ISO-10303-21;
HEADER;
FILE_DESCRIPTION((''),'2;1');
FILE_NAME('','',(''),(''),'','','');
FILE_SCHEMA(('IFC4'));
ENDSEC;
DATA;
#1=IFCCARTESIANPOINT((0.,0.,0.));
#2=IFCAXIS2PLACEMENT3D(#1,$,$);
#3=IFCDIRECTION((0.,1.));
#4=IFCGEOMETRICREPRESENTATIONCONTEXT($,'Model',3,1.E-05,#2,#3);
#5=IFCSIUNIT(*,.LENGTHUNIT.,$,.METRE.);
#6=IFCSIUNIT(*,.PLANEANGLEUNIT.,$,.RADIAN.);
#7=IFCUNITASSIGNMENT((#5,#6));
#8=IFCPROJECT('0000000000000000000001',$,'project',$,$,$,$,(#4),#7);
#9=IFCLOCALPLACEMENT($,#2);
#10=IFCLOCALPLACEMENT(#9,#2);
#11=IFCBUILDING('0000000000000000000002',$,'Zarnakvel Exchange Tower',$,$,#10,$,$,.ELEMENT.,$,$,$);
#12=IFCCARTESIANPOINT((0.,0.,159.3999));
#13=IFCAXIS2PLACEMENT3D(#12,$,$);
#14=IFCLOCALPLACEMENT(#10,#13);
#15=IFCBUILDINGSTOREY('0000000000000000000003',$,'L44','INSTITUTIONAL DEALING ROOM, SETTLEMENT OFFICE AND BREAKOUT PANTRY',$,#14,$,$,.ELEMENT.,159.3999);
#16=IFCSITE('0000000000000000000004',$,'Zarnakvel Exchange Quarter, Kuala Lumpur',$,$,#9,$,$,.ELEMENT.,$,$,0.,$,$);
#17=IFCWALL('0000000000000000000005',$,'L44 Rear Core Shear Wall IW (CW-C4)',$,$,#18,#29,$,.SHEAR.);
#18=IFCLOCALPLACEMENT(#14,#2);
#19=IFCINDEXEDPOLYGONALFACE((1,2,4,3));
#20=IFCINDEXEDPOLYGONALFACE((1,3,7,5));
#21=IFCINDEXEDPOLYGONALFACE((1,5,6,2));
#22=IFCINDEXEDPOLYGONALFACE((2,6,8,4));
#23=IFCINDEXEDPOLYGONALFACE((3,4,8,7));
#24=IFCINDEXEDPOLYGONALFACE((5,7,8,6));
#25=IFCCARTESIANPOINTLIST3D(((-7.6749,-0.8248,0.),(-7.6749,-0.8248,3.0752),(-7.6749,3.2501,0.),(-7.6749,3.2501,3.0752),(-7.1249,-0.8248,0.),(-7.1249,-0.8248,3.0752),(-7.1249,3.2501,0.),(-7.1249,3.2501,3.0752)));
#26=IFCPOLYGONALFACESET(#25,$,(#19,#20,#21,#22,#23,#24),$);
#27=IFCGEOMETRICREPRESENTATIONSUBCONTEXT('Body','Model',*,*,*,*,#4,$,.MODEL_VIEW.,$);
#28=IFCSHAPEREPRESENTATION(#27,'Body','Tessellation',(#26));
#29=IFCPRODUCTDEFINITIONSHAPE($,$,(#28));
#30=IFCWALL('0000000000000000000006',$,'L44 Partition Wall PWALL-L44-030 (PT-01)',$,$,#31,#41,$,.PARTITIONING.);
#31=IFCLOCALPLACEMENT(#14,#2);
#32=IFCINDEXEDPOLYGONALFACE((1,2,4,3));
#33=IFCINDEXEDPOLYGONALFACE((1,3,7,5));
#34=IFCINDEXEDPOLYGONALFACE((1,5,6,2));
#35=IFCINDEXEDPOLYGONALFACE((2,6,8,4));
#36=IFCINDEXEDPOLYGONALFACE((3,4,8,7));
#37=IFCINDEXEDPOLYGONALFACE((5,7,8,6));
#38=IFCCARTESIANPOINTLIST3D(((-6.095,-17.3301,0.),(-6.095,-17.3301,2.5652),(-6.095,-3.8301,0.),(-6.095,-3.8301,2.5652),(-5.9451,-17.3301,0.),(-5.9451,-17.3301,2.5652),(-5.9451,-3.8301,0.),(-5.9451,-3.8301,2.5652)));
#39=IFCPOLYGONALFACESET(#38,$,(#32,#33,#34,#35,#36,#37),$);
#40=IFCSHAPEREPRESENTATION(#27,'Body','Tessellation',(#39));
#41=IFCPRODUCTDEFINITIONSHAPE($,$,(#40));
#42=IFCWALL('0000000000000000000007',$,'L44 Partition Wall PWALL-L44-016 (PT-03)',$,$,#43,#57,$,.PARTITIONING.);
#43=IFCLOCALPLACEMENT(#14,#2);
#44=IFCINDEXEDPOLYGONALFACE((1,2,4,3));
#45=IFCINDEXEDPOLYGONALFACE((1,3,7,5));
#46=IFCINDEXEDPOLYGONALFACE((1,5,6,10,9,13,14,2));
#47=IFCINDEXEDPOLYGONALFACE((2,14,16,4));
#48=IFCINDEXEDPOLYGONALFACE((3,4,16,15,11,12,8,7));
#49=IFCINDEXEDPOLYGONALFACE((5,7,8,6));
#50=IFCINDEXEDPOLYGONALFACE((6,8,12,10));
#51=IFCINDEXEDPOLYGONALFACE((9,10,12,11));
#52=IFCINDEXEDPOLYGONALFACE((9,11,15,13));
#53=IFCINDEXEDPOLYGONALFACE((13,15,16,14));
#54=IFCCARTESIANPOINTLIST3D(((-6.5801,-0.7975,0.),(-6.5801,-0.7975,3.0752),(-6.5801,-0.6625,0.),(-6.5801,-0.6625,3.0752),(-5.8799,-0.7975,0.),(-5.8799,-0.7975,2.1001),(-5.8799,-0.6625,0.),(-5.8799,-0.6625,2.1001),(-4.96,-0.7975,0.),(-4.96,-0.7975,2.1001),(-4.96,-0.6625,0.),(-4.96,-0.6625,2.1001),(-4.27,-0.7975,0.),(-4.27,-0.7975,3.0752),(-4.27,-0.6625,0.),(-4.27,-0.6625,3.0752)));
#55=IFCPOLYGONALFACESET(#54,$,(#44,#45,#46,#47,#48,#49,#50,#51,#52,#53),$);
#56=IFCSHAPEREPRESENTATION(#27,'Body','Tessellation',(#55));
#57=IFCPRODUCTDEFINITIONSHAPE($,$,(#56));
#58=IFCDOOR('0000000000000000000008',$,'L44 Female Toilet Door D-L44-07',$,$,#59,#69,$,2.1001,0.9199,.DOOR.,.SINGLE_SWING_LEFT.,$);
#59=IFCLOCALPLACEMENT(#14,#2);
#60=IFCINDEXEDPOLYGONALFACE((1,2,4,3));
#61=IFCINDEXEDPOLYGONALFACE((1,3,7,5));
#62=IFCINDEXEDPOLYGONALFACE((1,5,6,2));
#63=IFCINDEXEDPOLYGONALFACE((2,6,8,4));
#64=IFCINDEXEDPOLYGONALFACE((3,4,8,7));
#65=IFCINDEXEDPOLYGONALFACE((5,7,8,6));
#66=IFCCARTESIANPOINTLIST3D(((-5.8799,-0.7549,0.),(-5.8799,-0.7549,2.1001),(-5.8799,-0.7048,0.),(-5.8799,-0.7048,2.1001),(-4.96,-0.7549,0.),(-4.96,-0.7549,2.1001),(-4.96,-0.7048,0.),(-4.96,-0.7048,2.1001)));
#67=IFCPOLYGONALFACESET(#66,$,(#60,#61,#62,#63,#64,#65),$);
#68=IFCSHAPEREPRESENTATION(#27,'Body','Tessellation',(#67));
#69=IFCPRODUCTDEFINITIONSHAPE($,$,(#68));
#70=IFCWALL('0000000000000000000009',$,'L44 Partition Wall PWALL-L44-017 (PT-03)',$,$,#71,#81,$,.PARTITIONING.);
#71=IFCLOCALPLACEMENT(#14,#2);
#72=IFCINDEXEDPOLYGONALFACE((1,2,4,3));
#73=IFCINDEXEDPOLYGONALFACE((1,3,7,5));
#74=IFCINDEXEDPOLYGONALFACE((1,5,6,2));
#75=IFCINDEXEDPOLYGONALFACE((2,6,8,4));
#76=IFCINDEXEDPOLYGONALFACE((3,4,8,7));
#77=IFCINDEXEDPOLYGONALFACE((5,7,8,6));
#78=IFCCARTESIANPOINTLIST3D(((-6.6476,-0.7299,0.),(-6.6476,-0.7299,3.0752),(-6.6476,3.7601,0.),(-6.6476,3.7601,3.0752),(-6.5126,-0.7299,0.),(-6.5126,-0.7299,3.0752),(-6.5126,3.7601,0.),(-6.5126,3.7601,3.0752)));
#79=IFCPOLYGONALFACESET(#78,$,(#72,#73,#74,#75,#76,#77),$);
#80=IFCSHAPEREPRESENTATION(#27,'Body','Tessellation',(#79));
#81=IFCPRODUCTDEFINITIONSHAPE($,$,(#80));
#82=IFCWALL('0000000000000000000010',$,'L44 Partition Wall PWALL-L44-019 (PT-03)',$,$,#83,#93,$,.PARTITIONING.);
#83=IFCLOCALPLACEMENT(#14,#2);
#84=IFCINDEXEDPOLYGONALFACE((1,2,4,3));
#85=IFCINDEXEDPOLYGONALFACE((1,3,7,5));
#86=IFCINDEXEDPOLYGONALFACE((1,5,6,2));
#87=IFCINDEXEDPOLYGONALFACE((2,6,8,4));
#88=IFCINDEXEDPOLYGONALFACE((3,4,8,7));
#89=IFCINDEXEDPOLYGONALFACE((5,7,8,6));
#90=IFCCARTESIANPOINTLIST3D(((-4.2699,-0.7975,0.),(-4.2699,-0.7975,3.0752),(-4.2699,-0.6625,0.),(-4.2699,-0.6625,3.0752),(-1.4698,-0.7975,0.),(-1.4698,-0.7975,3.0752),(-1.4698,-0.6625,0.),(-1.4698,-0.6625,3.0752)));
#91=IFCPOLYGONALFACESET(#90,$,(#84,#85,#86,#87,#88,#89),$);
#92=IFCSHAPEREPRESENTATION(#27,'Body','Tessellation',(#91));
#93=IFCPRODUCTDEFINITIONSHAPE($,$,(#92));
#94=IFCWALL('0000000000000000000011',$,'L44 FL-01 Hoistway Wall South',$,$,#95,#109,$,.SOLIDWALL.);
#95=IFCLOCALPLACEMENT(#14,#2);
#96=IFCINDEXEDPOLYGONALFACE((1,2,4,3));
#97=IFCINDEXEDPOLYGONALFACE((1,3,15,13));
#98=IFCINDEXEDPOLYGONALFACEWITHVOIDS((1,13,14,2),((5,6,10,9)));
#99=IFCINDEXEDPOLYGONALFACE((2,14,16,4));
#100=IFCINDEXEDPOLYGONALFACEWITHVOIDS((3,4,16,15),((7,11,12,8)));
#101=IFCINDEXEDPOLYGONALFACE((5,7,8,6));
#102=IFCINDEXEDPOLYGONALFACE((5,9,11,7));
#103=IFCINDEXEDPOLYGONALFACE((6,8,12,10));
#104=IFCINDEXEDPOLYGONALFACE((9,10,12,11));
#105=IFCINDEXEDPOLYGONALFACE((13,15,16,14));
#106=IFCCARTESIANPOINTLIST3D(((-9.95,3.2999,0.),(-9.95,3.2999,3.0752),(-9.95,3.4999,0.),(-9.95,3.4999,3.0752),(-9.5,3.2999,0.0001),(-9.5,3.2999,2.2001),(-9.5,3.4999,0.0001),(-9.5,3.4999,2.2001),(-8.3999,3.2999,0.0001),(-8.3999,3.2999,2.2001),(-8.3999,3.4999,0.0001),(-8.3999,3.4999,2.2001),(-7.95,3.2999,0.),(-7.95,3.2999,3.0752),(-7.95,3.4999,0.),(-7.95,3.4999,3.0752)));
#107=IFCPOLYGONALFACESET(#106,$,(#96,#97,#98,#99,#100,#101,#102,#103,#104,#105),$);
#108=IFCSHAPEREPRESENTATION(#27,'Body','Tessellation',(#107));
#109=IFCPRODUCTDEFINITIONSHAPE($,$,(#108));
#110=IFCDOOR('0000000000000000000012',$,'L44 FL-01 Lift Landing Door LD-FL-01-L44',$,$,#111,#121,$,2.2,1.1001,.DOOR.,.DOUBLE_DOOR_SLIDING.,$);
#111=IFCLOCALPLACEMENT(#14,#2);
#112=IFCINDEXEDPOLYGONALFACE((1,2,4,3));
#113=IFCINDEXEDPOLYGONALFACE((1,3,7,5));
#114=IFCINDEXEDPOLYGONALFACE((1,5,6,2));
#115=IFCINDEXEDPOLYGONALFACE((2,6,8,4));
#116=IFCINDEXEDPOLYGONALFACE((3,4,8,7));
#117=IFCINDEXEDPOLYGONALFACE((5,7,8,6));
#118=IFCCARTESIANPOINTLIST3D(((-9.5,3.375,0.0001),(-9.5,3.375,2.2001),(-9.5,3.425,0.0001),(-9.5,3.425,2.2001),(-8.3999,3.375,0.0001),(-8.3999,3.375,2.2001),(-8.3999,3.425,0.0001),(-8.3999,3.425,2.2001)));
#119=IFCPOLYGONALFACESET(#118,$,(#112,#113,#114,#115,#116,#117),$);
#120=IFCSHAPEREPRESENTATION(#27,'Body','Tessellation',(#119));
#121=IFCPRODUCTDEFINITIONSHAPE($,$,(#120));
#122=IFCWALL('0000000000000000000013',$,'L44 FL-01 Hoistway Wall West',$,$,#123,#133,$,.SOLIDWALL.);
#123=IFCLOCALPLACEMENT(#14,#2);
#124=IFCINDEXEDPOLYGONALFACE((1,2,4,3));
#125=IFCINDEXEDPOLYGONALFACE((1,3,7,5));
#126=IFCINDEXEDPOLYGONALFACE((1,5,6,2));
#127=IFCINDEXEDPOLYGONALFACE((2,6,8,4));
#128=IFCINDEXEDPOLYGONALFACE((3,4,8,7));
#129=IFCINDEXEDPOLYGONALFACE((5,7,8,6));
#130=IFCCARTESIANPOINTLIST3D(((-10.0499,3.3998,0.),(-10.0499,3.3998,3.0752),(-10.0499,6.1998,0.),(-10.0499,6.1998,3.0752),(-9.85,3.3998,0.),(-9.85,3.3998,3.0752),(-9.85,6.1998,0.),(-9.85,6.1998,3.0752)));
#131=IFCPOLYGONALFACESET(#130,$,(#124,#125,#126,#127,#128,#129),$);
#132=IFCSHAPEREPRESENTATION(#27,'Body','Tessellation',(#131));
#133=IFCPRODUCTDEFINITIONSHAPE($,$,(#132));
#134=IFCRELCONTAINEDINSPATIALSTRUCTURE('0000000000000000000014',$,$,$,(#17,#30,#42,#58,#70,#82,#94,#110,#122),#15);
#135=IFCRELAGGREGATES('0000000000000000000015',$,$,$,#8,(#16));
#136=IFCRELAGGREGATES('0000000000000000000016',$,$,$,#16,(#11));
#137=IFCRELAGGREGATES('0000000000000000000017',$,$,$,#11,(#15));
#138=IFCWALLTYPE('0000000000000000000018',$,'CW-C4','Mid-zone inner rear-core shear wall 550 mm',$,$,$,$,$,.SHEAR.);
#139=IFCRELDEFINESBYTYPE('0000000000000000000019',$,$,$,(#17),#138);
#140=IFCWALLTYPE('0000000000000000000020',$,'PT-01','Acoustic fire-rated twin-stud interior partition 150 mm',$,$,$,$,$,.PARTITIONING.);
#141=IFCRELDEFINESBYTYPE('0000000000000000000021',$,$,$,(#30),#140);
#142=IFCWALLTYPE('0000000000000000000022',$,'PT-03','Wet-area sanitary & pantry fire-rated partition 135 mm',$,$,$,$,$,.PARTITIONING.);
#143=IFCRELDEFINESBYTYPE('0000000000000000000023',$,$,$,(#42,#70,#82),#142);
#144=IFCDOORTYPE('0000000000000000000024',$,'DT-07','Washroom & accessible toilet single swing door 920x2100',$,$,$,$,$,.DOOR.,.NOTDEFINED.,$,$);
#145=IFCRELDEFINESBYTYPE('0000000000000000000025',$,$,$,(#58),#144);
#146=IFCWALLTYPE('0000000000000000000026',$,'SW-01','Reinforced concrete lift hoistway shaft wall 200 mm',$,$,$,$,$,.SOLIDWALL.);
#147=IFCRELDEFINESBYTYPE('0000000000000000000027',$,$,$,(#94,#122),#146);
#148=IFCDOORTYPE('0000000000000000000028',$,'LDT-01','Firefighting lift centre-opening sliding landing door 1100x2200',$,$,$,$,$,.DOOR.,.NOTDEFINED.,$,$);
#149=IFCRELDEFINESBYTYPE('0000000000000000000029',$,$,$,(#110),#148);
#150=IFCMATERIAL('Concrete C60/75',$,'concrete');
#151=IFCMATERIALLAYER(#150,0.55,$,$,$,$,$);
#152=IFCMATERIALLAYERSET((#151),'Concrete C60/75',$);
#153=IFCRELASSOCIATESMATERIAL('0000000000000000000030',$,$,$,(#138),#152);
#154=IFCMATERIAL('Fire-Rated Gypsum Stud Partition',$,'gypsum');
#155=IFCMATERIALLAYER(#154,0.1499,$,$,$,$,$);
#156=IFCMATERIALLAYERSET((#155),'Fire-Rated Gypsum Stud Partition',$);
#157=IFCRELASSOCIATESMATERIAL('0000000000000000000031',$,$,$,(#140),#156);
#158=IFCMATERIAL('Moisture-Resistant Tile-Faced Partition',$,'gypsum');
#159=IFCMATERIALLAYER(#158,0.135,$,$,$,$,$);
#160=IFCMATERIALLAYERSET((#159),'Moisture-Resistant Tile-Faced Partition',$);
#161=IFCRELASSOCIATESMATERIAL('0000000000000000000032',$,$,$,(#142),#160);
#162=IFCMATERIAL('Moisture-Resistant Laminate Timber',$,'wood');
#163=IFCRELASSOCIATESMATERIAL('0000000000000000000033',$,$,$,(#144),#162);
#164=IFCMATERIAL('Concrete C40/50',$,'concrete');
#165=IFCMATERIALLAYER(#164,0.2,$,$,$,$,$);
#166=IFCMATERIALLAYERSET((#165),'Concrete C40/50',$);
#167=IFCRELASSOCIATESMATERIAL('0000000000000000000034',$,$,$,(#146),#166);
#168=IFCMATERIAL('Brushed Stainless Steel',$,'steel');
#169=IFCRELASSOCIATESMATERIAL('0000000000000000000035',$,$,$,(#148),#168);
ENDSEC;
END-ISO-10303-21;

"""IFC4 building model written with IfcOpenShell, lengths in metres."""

from ifc_helpers import new_model, si_unit, direction, frame, frame_2d, origin, place, context, subcontext, project, spatial, rectangle, extrude, source, transform, mapped, material, layer, layer_set, type_object, element, fill, save


model = new_model("IFC4")

# Units and contexts
model_context = context("Model", 3, precision=1e-05, world=origin(), true_north=direction((0.0, 1.0)))
body_context = subcontext(model_context, "Body", "Model", "MODEL_VIEW")
ifc_project = project(units=[si_unit("LENGTHUNIT", "METRE"), si_unit("PLANEANGLEUNIT", "RADIAN")], contexts=[model_context])

# Site, building, storey
site_placement = place(None, origin())
site = spatial("IfcSite", under=ifc_project, at=site_placement, Name="Zarnakvel Exchange Quarter, Kuala Lumpur", CompositionType="ELEMENT", RefElevation=0.0)
building_placement = place(site_placement, origin())
building = spatial("IfcBuilding", under=site, at=building_placement, Name="Zarnakvel Exchange Tower", CompositionType="ELEMENT")
storey_placement = place(building_placement, frame((0.0, 0.0, 159.3999)))
storey = spatial("IfcBuildingStorey", under=building, at=storey_placement, Name="L44", Description="INSTITUTIONAL DEALING ROOM, SETTLEMENT OFFICE AND BREAKOUT PANTRY", CompositionType="ELEMENT", Elevation=159.3999)

# Shared definitions
ifc_material_1 = material(Name="Concrete C60/75", Category="concrete")

# Shared definitions
ifc_material_2 = material(Name="Concrete C40/50", Category="concrete")

# Walls
ifc_layer_1 = layer(ifc_material_1, 0.55)
ifc_layer_set_1 = layer_set([ifc_layer_1], Name="Concrete C60/75")
wall_type_1 = type_object("IfcWallType", Name="CW-C4", Description="Mid-zone inner rear-core shear wall 550 mm", PredefinedType="SHEAR", material=ifc_layer_set_1)
wall_1_placement = place(storey_placement, frame((-7.3999, -0.825, 0.0), z_axis=(0.0, 0.0, 1.0), x_axis=(0.0, 1.0, 0.0)))
element("IfcWall", 1, at=wall_1_placement, inside=storey, type_object=wall_type_1, Name="L44 Rear Core Shear Wall IW (CW-C4)", PredefinedType="SHEAR", context=body_context, shape_type="SweptSolid", body=[
    extrude(rectangle(XDim=4.075, YDim=0.55, at=frame_2d((2.0376, 0.0))), origin(), (0.0, 0.0, 1.0), 3.0752),
])
ifc_material_3 = material(Name="Fire-Rated Gypsum Stud Partition", Category="gypsum")
ifc_layer_2 = layer(ifc_material_3, 0.1499)
ifc_layer_set_2 = layer_set([ifc_layer_2], Name="Fire-Rated Gypsum Stud Partition")
wall_type_2 = type_object("IfcWallType", Name="PT-01", Description="Acoustic fire-rated twin-stud interior partition 150 mm", PredefinedType="PARTITIONING", material=ifc_layer_set_2)
wall_2_placement = place(storey_placement, frame((-6.02, -3.8301, 0.0), z_axis=(0.0, 0.0, 1.0), x_axis=(0.0, -1.0, 0.0)))
element("IfcWall", 2, at=wall_2_placement, inside=storey, type_object=wall_type_2, Name="L44 Partition Wall PWALL-L44-030 (PT-01)", PredefinedType="PARTITIONING", context=body_context, shape_type="SweptSolid", body=[
    extrude(rectangle(XDim=13.5, YDim=0.1499, at=frame_2d((6.75, 0.0))), origin(), (0.0, 0.0, 1.0), 2.5652),
])

# Wall, opening, door
ifc_material_4 = material(Name="Moisture-Resistant Tile-Faced Partition", Category="gypsum")
ifc_layer_3 = layer(ifc_material_4, 0.135)
ifc_layer_set_3 = layer_set([ifc_layer_3], Name="Moisture-Resistant Tile-Faced Partition")
wall_type_3 = type_object("IfcWallType", Name="PT-03", Description="Wet-area sanitary & pantry fire-rated partition 135 mm", PredefinedType="PARTITIONING", material=ifc_layer_set_3)
wall_3_placement = place(storey_placement, frame((-4.27, -0.73, 0.0), z_axis=(0.0, 0.0, 1.0), x_axis=(-1.0, 0.0, 0.0)))
wall_3 = element("IfcWall", 3, at=wall_3_placement, inside=storey, type_object=wall_type_3, Name="L44 Partition Wall PWALL-L44-016 (PT-03)", PredefinedType="PARTITIONING", context=body_context, shape_type="SweptSolid", body=[
    extrude(rectangle(XDim=2.3101, YDim=0.135, at=frame_2d((1.155, 0.0))), origin(), (0.0, 0.0, 1.0), 3.0752),
])
opening_1_placement = place(wall_3_placement, frame((0.6899, 0.0, 0.0)))
opening_1 = element("IfcOpeningElement", 4, at=opening_1_placement, cuts=wall_3, PredefinedType="OPENING", context=body_context, shape_type="SweptSolid", body=[
    extrude(rectangle(XDim=0.9199, YDim=2.1001, at=frame_2d((0.46, 1.05))), frame((0.0, 0.0774, 0.0), z_axis=(0.0, -1.0, 0.0), x_axis=(1.0, 0.0, 0.0)), (0.0, 0.0, 1.0), 0.155),
])
ifc_material_5 = material(Name="Moisture-Resistant Laminate Timber", Category="wood")
door_type_1 = type_object("IfcDoorType", Name="DT-07", Description="Washroom & accessible toilet single swing door 920x2100", OperationType="NOTDEFINED", PredefinedType="DOOR", material=ifc_material_5)
shared_shape_1 = source(origin(), body_context, "Body", "SweptSolid", [
    extrude(rectangle(XDim=0.9199, YDim=2.1001, at=frame_2d((0.46, 1.05))), frame((0.0, 0.0249, 0.0), z_axis=(0.0, -1.0, 0.0), x_axis=(1.0, 0.0, 0.0)), (0.0, 0.0, 1.0), 0.05),
])
door_1_placement = place(opening_1_placement, origin())
door_1 = element("IfcDoor", 5, at=door_1_placement, inside=storey, type_object=door_type_1, Name="L44 Female Toilet Door D-L44-07", OperationType="SINGLE_SWING_LEFT", OverallHeight=2.1001, OverallWidth=0.9199, PredefinedType="DOOR", context=body_context, shape_type="MappedRepresentation", body=[
    mapped(shared_shape_1, transform((0.0, 0.0, 0.0), x_axis=(1.0, 0.0, 0.0), y_axis=(0.0, 1.0, 0.0), z_axis=(0.0, 0.0, 1.0), scale=1.0)),
])
fill(opening_1, door_1)

# Walls
wall_4_placement = place(storey_placement, frame((-6.5801, -0.73, 0.0), z_axis=(0.0, 0.0, 1.0), x_axis=(0.0, 1.0, 0.0)))
element("IfcWall", 6, at=wall_4_placement, inside=storey, type_object=wall_type_3, Name="L44 Partition Wall PWALL-L44-017 (PT-03)", PredefinedType="PARTITIONING", context=body_context, shape_type="SweptSolid", body=[
    extrude(rectangle(XDim=4.49, YDim=0.135, at=frame_2d((2.2451, 0.0))), origin(), (0.0, 0.0, 1.0), 3.0752),
])
wall_5_placement = place(storey_placement, frame((-1.47, -0.73, 0.0), z_axis=(0.0, 0.0, 1.0), x_axis=(-1.0, 0.0, 0.0)))
element("IfcWall", 7, at=wall_5_placement, inside=storey, type_object=wall_type_3, Name="L44 Partition Wall PWALL-L44-019 (PT-03)", PredefinedType="PARTITIONING", context=body_context, shape_type="SweptSolid", body=[
    extrude(rectangle(XDim=2.8, YDim=0.135, at=frame_2d((1.3999, 0.0))), origin(), (0.0, 0.0, 1.0), 3.0752),
])

# Wall, opening, door
ifc_layer_4 = layer(ifc_material_2, 0.2)
ifc_layer_set_4 = layer_set([ifc_layer_4], Name="Concrete C40/50")
wall_type_4 = type_object("IfcWallType", Name="SW-01", Description="Reinforced concrete lift hoistway shaft wall 200 mm", PredefinedType="SOLIDWALL", material=ifc_layer_set_4)
wall_6_placement = place(storey_placement, frame((-7.95, 3.3999, 0.0), z_axis=(0.0, 0.0, 1.0), x_axis=(-1.0, 0.0, 0.0)))
wall_6 = element("IfcWall", 8, at=wall_6_placement, inside=storey, type_object=wall_type_4, Name="L44 FL-01 Hoistway Wall South", PredefinedType="SOLIDWALL", context=body_context, shape_type="SweptSolid", body=[
    extrude(rectangle(XDim=2.0, YDim=0.2, at=frame_2d((1.0, 0.0))), origin(), (0.0, 0.0, 1.0), 3.0752),
])
opening_2_placement = place(wall_6_placement, frame((0.45, 0.0, 0.0)))
opening_2 = element("IfcOpeningElement", 9, at=opening_2_placement, cuts=wall_6, PredefinedType="OPENING", context=body_context, shape_type="SweptSolid", body=[
    extrude(rectangle(XDim=1.1001, YDim=2.2, at=frame_2d((0.55, 1.1001))), frame((0.0, 0.1099, 0.0), z_axis=(0.0, -1.0, 0.0), x_axis=(1.0, 0.0, 0.0)), (0.0, 0.0, 1.0), 0.22),
])
ifc_material_6 = material(Name="Brushed Stainless Steel", Category="steel")
door_type_2 = type_object("IfcDoorType", Name="LDT-01", Description="Firefighting lift centre-opening sliding landing door 1100x2200", OperationType="NOTDEFINED", PredefinedType="DOOR", material=ifc_material_6)
shared_shape_2 = source(origin(), body_context, "Body", "SweptSolid", [
    extrude(rectangle(XDim=1.1001, YDim=2.2, at=frame_2d((0.55, 1.1001))), frame((0.0, 0.0249, 0.0), z_axis=(0.0, -1.0, 0.0), x_axis=(1.0, 0.0, 0.0)), (0.0, 0.0, 1.0), 0.05),
])
door_2_placement = place(opening_2_placement, origin())
door_2 = element("IfcDoor", 10, at=door_2_placement, inside=storey, type_object=door_type_2, Name="L44 FL-01 Lift Landing Door LD-FL-01-L44", OperationType="DOUBLE_DOOR_SLIDING", OverallHeight=2.2, OverallWidth=1.1001, PredefinedType="DOOR", context=body_context, shape_type="MappedRepresentation", body=[
    mapped(shared_shape_2, transform((0.0, 0.0, 0.0), x_axis=(1.0, 0.0, 0.0), y_axis=(0.0, 1.0, 0.0), z_axis=(0.0, 0.0, 1.0), scale=1.0)),
])
fill(opening_2, door_2)

# Wall
wall_7_placement = place(storey_placement, frame((-9.95, 3.3999, 0.0), z_axis=(0.0, 0.0, 1.0), x_axis=(0.0, 1.0, 0.0)))
element("IfcWall", 11, at=wall_7_placement, inside=storey, type_object=wall_type_4, Name="L44 FL-01 Hoistway Wall West", PredefinedType="SOLIDWALL", context=body_context, shape_type="SweptSolid", body=[
    extrude(rectangle(XDim=2.8, YDim=0.2, at=frame_2d((1.3999, 0.0))), origin(), (0.0, 0.0, 1.0), 3.0752),
])

save(model, "model.ifc")
